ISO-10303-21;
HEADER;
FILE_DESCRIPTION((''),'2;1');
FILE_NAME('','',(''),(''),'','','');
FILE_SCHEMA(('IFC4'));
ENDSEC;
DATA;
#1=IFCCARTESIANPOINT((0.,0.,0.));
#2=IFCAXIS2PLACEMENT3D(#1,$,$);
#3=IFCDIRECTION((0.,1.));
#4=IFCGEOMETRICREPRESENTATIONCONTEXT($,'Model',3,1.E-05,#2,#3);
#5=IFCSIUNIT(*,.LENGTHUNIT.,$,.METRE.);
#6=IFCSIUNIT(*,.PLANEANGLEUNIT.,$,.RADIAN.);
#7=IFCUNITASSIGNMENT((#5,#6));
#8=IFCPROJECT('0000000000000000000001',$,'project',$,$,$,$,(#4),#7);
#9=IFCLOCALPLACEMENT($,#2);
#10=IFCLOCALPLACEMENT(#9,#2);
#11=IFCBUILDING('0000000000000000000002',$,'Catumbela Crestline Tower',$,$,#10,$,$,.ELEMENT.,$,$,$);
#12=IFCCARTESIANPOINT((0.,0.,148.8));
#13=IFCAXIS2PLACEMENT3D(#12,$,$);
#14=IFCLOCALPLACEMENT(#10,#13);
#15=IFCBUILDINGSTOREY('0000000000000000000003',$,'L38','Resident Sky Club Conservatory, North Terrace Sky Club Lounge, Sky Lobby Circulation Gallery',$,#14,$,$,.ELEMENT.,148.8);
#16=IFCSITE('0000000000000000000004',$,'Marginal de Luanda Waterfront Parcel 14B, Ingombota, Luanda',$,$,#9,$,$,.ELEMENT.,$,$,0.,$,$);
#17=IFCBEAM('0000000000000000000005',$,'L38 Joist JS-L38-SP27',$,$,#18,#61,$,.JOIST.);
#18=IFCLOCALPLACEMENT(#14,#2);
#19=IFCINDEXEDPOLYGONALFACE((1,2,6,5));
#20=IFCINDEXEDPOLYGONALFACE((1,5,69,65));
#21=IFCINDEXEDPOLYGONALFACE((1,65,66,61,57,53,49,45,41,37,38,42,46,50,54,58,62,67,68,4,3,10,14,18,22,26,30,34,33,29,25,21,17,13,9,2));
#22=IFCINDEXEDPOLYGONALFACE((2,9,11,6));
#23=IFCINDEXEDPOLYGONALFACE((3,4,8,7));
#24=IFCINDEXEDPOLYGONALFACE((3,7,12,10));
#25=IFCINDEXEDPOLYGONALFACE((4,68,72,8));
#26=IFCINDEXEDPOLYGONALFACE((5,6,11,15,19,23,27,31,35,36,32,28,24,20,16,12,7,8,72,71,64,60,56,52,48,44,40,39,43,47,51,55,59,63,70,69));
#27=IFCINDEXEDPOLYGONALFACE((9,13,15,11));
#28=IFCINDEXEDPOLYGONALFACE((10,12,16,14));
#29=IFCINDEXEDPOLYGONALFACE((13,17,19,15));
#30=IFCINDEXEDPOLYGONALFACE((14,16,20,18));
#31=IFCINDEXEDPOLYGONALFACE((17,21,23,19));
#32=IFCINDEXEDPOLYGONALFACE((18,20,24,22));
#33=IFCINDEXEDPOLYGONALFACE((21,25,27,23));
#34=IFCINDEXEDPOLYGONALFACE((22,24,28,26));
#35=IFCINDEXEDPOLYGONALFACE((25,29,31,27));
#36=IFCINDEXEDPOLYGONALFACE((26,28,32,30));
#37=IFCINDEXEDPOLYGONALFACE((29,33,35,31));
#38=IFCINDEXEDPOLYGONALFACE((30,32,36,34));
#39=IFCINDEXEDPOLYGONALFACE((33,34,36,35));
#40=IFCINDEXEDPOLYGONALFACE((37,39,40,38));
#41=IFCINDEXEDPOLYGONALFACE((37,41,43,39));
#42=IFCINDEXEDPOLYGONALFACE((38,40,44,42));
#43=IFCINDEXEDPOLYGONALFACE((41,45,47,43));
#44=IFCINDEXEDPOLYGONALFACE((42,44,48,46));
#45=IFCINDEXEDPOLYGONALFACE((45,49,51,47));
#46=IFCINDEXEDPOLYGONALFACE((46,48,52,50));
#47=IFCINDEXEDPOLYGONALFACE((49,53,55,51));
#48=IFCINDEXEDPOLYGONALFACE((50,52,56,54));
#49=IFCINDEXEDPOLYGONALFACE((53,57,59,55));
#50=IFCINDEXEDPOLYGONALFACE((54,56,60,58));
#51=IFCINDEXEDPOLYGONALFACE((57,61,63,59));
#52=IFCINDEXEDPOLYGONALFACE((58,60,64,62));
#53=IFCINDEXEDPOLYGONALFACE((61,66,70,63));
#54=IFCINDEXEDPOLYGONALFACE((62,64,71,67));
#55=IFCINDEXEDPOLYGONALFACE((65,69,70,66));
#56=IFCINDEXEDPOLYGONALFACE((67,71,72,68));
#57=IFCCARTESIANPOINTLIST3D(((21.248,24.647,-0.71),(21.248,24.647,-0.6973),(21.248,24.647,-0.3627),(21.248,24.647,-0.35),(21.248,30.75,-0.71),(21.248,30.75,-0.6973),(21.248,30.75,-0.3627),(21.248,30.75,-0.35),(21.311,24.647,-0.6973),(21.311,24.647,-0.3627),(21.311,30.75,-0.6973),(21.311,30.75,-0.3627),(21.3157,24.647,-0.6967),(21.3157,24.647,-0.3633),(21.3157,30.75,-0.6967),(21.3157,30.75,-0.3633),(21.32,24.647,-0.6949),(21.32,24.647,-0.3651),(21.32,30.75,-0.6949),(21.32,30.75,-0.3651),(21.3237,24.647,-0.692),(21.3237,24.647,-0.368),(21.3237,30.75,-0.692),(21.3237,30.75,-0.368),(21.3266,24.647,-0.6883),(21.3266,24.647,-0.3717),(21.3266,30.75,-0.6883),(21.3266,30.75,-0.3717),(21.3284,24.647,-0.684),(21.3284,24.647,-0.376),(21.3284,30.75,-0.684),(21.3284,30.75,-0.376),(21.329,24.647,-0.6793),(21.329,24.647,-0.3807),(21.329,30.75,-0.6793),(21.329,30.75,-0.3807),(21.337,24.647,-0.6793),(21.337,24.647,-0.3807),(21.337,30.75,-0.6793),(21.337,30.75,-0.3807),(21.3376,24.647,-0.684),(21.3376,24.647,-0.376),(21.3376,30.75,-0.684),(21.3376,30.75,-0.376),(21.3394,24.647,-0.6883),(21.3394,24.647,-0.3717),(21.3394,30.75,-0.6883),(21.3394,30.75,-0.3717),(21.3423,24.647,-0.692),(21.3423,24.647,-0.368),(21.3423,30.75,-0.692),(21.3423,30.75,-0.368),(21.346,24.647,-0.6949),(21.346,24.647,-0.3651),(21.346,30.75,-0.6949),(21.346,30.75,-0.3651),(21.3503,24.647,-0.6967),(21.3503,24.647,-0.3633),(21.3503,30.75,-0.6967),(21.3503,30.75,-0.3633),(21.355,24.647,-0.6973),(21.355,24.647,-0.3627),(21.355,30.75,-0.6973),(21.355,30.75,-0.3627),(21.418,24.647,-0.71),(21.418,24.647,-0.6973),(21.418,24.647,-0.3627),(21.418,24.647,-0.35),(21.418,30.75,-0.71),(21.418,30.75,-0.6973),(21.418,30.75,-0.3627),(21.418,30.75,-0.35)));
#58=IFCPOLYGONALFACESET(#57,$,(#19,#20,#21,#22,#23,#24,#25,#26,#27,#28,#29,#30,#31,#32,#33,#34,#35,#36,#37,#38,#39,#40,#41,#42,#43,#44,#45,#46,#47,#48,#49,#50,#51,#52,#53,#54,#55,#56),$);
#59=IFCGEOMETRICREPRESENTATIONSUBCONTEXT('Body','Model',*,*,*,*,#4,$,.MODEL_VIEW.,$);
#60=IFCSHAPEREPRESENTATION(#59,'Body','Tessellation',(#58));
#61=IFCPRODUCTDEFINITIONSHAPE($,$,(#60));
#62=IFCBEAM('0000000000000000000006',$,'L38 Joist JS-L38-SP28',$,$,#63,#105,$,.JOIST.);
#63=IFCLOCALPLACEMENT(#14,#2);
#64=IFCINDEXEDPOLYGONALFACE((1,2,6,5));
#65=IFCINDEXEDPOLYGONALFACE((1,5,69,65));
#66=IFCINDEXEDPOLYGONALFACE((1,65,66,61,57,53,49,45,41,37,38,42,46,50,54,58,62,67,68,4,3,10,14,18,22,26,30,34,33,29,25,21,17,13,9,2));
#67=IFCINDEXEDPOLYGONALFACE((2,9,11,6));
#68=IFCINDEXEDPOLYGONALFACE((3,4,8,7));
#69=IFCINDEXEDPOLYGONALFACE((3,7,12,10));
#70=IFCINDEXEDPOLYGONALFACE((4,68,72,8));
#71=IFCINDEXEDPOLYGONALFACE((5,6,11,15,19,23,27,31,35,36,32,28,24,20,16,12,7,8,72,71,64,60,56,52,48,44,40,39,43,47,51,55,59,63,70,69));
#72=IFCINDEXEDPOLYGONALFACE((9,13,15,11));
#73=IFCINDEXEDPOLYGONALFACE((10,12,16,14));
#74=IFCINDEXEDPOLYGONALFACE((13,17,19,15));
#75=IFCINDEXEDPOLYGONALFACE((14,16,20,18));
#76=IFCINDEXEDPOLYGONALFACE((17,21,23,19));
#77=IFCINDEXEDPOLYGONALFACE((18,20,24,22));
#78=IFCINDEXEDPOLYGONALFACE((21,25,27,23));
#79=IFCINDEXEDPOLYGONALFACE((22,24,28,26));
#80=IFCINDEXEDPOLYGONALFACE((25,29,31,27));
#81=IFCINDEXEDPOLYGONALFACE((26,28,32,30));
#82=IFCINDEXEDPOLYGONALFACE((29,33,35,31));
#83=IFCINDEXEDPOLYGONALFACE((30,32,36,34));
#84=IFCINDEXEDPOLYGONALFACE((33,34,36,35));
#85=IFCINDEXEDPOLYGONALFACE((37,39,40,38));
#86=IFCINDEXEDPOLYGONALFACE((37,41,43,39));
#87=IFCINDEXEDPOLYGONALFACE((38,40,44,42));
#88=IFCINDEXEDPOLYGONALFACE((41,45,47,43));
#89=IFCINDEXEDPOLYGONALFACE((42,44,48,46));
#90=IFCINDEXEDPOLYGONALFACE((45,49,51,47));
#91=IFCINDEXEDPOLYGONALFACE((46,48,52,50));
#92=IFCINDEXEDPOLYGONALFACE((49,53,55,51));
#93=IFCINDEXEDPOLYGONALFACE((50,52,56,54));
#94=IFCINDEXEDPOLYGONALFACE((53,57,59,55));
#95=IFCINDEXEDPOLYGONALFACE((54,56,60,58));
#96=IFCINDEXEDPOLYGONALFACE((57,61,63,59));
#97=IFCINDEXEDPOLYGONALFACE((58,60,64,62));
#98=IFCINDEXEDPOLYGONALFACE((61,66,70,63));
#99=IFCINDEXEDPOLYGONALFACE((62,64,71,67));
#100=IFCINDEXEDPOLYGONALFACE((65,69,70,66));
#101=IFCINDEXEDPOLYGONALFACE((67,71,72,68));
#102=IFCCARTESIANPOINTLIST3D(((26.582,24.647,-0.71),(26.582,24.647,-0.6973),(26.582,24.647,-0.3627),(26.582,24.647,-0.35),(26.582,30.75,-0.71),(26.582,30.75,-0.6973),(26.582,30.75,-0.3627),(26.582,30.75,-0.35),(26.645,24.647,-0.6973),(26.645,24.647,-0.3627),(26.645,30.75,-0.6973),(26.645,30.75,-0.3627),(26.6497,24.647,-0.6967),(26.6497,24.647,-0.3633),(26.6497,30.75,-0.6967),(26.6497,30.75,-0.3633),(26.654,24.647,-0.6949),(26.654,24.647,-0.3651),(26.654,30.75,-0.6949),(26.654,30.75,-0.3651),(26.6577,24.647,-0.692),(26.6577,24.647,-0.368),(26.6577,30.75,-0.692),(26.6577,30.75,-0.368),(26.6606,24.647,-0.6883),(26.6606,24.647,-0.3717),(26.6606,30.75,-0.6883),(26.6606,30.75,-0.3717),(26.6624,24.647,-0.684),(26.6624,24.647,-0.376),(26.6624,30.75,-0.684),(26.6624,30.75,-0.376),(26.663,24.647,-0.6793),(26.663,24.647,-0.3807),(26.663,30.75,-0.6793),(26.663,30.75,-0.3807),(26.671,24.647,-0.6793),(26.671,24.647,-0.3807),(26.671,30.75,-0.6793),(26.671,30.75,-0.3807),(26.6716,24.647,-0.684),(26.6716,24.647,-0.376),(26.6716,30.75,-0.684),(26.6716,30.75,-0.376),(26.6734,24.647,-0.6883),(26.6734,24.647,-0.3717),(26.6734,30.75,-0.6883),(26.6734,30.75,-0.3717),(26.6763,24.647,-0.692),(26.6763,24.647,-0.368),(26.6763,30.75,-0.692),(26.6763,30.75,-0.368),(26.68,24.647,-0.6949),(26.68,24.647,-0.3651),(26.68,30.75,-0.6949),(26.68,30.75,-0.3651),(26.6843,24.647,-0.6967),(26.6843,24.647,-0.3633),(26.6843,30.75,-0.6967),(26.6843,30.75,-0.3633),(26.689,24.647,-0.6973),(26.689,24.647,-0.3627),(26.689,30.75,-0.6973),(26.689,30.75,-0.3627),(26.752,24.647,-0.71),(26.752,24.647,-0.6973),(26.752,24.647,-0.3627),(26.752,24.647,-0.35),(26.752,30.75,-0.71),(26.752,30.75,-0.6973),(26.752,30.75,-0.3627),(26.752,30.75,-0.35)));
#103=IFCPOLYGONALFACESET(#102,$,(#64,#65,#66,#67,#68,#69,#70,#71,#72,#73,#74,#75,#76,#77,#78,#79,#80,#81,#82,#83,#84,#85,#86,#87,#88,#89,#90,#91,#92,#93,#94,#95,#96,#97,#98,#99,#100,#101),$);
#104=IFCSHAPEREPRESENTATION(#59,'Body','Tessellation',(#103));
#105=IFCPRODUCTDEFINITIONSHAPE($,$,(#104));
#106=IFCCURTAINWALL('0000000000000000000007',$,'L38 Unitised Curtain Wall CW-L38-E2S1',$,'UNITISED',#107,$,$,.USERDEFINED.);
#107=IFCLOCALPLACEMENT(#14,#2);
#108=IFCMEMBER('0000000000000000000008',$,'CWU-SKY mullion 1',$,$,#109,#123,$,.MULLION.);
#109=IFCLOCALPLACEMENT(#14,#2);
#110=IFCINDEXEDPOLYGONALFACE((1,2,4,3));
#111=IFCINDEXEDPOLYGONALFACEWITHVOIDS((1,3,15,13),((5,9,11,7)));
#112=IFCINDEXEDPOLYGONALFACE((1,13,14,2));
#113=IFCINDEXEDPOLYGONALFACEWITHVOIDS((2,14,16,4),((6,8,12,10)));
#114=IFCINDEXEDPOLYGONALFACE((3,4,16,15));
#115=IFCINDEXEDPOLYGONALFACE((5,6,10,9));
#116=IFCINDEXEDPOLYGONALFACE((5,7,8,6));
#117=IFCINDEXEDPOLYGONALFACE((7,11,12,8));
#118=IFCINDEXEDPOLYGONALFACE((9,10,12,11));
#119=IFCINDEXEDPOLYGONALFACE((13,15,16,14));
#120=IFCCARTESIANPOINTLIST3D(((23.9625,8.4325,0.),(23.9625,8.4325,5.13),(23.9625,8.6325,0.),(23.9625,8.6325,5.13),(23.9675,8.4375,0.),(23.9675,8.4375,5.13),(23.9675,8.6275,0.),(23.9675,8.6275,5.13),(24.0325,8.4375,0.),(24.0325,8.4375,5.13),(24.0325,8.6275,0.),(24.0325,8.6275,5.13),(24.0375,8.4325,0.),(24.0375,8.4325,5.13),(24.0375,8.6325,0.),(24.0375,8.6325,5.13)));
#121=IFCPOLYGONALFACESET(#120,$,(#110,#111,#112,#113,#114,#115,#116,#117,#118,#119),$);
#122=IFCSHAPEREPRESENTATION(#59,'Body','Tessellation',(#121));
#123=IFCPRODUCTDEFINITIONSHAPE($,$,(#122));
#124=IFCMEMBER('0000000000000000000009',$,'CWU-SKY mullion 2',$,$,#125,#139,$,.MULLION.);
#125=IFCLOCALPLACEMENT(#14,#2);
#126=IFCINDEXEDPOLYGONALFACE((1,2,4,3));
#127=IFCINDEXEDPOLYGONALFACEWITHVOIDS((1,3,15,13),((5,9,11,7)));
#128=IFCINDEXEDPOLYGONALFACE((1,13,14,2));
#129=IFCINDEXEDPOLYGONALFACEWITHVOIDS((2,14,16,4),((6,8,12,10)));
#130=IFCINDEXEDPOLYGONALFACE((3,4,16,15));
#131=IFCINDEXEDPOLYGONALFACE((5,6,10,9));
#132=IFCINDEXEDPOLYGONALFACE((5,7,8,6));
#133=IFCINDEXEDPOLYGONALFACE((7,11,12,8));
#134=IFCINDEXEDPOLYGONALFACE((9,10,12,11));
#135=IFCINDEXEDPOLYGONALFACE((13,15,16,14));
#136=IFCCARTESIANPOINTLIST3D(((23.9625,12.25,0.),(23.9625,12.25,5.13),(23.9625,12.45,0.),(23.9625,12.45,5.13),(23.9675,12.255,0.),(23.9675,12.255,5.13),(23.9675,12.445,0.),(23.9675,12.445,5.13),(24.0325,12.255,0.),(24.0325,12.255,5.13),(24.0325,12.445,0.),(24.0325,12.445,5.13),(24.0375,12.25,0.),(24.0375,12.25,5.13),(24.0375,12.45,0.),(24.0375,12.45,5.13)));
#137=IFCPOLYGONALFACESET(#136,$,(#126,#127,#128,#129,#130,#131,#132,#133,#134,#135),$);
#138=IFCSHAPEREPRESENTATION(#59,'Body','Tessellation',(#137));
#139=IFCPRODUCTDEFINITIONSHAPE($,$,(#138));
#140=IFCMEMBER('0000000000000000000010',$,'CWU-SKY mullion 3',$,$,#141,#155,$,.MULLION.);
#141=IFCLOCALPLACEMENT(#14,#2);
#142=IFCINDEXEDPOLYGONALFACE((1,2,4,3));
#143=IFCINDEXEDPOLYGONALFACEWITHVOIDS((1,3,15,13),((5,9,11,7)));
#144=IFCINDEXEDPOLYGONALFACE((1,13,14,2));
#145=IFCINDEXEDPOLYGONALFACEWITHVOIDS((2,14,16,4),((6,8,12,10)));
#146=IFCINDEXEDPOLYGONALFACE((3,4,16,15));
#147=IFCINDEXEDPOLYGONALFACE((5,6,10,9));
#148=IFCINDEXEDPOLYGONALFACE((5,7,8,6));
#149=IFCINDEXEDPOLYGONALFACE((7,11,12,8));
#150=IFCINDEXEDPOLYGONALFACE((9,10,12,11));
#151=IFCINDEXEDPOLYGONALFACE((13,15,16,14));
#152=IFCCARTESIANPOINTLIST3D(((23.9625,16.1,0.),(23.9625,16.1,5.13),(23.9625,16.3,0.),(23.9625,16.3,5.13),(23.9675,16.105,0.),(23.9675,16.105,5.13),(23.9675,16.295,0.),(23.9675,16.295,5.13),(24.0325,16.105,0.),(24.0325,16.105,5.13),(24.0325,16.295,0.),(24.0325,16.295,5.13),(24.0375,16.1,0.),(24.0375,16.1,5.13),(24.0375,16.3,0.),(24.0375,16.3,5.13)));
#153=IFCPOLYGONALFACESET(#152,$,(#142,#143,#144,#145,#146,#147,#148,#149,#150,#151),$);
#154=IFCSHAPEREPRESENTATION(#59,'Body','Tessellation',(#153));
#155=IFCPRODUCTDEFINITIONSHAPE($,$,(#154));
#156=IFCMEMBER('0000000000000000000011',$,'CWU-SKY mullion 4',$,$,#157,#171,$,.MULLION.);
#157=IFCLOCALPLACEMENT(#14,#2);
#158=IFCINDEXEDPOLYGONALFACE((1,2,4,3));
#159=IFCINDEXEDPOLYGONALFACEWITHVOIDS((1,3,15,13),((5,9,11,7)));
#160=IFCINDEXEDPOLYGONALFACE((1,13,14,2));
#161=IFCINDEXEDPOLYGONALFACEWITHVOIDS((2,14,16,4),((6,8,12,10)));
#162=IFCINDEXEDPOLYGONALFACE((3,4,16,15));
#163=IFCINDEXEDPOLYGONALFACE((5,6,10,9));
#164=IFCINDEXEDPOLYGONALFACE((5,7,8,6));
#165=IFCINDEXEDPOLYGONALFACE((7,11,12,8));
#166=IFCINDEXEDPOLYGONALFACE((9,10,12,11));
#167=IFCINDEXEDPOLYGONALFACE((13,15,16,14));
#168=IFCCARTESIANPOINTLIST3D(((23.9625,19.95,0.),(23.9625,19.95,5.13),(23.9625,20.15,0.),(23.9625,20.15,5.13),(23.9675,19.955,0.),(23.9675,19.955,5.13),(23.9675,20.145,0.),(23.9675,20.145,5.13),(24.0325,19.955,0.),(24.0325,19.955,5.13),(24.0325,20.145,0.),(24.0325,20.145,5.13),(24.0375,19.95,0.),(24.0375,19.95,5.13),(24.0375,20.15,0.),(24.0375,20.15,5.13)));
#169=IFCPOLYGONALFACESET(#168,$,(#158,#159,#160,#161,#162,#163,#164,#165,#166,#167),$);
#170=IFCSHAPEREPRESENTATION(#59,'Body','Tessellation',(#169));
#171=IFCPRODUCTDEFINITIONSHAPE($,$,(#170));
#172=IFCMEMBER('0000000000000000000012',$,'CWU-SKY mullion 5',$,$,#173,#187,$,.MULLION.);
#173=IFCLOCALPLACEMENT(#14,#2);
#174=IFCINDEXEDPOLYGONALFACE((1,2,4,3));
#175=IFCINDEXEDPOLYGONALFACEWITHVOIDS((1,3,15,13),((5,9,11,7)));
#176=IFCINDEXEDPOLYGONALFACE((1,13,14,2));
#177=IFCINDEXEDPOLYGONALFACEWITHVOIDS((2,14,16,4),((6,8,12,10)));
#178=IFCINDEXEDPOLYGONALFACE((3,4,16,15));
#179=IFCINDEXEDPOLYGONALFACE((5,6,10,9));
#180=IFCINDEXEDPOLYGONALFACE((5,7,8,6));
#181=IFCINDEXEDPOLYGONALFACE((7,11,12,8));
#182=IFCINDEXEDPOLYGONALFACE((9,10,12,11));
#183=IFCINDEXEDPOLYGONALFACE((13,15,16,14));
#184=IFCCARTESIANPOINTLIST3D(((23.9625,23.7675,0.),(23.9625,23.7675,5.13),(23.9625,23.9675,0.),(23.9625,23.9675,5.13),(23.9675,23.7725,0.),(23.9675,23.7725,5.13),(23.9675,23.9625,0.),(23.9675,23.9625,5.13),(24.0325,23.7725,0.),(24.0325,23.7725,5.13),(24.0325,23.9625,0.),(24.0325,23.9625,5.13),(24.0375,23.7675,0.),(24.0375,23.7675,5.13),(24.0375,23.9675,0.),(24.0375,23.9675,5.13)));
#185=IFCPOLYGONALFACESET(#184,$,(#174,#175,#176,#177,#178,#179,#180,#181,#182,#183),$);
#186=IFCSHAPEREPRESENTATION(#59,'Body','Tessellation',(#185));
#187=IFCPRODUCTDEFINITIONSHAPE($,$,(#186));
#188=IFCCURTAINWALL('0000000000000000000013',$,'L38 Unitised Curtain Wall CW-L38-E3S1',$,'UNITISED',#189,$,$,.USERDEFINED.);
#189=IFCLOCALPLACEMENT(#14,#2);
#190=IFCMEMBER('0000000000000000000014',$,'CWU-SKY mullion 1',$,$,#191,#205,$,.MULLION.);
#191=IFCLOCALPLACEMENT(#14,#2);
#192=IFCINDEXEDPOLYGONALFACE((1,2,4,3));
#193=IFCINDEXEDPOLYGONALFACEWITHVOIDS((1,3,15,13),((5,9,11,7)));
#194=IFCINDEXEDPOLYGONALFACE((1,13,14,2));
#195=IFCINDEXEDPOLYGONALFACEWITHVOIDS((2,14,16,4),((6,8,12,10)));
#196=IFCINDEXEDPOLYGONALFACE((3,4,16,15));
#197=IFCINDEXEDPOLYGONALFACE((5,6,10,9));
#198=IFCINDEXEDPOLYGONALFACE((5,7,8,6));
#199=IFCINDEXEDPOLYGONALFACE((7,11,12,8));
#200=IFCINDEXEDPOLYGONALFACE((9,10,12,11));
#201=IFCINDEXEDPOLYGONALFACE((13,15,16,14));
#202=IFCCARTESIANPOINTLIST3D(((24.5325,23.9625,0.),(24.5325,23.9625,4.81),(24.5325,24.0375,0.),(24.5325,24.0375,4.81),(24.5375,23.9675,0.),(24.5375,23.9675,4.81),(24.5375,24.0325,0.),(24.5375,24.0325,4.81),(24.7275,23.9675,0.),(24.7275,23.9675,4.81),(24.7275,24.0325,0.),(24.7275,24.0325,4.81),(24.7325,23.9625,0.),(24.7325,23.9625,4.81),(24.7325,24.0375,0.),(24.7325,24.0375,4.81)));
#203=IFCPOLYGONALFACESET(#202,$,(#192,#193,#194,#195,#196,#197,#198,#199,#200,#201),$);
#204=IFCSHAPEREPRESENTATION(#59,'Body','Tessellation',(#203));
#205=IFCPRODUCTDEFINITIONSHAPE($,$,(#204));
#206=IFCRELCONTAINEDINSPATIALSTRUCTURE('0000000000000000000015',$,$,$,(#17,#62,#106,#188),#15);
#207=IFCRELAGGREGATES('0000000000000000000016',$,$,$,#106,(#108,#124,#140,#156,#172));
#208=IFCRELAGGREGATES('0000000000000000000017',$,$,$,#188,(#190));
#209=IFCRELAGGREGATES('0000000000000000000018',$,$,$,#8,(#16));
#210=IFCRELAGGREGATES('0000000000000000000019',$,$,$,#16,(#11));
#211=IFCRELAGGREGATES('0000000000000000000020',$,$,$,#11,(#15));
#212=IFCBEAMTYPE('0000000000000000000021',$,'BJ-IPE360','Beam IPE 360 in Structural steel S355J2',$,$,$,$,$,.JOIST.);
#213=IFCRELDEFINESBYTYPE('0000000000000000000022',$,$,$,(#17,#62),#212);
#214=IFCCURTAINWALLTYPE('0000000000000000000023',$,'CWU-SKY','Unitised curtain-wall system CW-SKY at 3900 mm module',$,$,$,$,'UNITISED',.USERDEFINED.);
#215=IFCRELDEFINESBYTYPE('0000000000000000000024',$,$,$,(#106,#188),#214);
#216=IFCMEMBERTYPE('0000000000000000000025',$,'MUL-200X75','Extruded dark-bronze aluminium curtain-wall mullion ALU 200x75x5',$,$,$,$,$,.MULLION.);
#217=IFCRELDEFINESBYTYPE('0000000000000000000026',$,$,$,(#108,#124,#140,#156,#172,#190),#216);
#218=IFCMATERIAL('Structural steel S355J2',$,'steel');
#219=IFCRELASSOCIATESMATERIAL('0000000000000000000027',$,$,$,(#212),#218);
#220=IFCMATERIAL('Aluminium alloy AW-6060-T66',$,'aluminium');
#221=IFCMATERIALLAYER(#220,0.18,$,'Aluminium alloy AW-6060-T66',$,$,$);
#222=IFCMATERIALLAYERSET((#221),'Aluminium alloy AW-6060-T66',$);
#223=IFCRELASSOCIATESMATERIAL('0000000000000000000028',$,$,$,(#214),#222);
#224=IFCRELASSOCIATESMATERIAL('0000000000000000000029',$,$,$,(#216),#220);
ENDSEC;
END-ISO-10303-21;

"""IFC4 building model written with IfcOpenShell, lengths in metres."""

from ifc_helpers import new_model, si_unit, direction, frame, origin, origin_2d, place, context, subcontext, project, spatial, hollow_rectangle, i_section, extrude, material, layer, layer_set, material_profile, profile_set, type_object, element, aggregate, save


model = new_model("IFC4")

# Units and contexts
model_context = context("Model", 3, precision=1e-05, world=origin(), true_north=direction((0.0, 1.0)))
body_context = subcontext(model_context, "Body", "Model", "MODEL_VIEW")
ifc_project = project(units=[si_unit("LENGTHUNIT", "METRE"), si_unit("PLANEANGLEUNIT", "RADIAN")], contexts=[model_context])

# Site, building, storey
site_placement = place(None, origin())
site = spatial("IfcSite", under=ifc_project, at=site_placement, Name="Marginal de Luanda Waterfront Parcel 14B, Ingombota, Luanda", CompositionType="ELEMENT", RefElevation=0.0)
building_placement = place(site_placement, origin())
building = spatial("IfcBuilding", under=site, at=building_placement, Name="Catumbela Crestline Tower", CompositionType="ELEMENT")
storey_placement = place(building_placement, frame((0.0, 0.0, 148.8)))
storey = spatial("IfcBuildingStorey", under=building, at=storey_placement, Name="L38", Description="Resident Sky Club Conservatory, North Terrace Sky Club Lounge, Sky Lobby Circulation Gallery", CompositionType="ELEMENT", Elevation=148.8)

# Beams
ifc_material_1 = material(Name="Structural steel S355J2", Category="steel")
ifc_material_profile_1 = material_profile(ifc_material_1, i_section(OverallWidth=0.17, OverallDepth=0.36, WebThickness=0.008, FlangeThickness=0.0127, FilletRadius=0.018, at=origin_2d()), Name="IPE 360")
ifc_profile_set_1 = profile_set([ifc_material_profile_1], Name="Structural steel S355J2")
beam_type_1 = type_object("IfcBeamType", Name="BJ-IPE360", Description="Beam IPE 360 in Structural steel S355J2", PredefinedType="JOIST", material=ifc_profile_set_1)
for number, where, z_axis, x_axis, name in (
    (1, (21.333, 24.647, -0.53), (0.0, 1.0, 0.0), (-1.0, 0.0, 0.0), "L38 Joist JS-L38-SP27"),
    (2, (26.667, 24.647, -0.53), (0.0, 1.0, 0.0), (-1.0, 0.0, 0.0), "L38 Joist JS-L38-SP28"),
):
    element("IfcBeam", number, at=place(storey_placement, frame(where, z_axis=z_axis, x_axis=x_axis)), inside=storey, type_object=beam_type_1, Name=name, PredefinedType="JOIST", context=body_context, shape_type="SweptSolid", body=[
        extrude(i_section(OverallWidth=0.17, OverallDepth=0.36, WebThickness=0.008, FlangeThickness=0.0127, FilletRadius=0.018, at=origin_2d()), origin(), (0.0, 0.0, 1.0), 6.103),
    ])

# Curtain walls, members
ifc_material_2 = material(Name="Aluminium alloy AW-6060-T66", Category="aluminium")
ifc_layer_1 = layer(ifc_material_2, 0.18, Name="Aluminium alloy AW-6060-T66")
ifc_layer_set_1 = layer_set([ifc_layer_1], Name="Aluminium alloy AW-6060-T66")
curtain_wall_type = type_object("IfcCurtainWallType", Name="CWU-SKY", Description="Unitised curtain-wall system CW-SKY at 3900 mm module", ElementType="UNITISED", PredefinedType="USERDEFINED", material=ifc_layer_set_1)
curtain_wall_1_placement = place(storey_placement, origin())
curtain_wall_1 = element("IfcCurtainWall", 3, at=curtain_wall_1_placement, inside=storey, type_object=curtain_wall_type, Name="L38 Unitised Curtain Wall CW-L38-E2S1", ObjectType="UNITISED", PredefinedType="USERDEFINED")
ifc_material_profile_2 = material_profile(ifc_material_2, hollow_rectangle(XDim=0.075, YDim=0.2, WallThickness=0.005, at=origin_2d()), Name="ALU 200x75x5")
ifc_profile_set_2 = profile_set([ifc_material_profile_2], Name="Aluminium alloy AW-6060-T66")
member_type_1 = type_object("IfcMemberType", Name="MUL-200X75", Description="Extruded dark-bronze aluminium curtain-wall mullion ALU 200x75x5", PredefinedType="MULLION", material=ifc_profile_set_2)
member_1_placement = place(storey_placement, frame((24.0, 8.5325, 0.0), z_axis=(0.0, 0.0, 1.0), x_axis=(-1.0, 0.0, 0.0)))
member_1 = element("IfcMember", 4, at=member_1_placement, type_object=member_type_1, Name="CWU-SKY mullion 1", PredefinedType="MULLION", context=body_context, shape_type="SweptSolid", body=[
    extrude(hollow_rectangle(XDim=0.075, YDim=0.2, WallThickness=0.005, at=origin_2d()), origin(), (0.0, 0.0, 1.0), 5.13),
])
member_2_placement = place(storey_placement, frame((24.0, 12.35, 0.0), z_axis=(0.0, 0.0, 1.0), x_axis=(-1.0, 0.0, 0.0)))
member_2 = element("IfcMember", 5, at=member_2_placement, type_object=member_type_1, Name="CWU-SKY mullion 2", PredefinedType="MULLION", context=body_context, shape_type="SweptSolid", body=[
    extrude(hollow_rectangle(XDim=0.075, YDim=0.2, WallThickness=0.005, at=origin_2d()), origin(), (0.0, 0.0, 1.0), 5.13),
])
member_3_placement = place(storey_placement, frame((24.0, 16.2, 0.0), z_axis=(0.0, 0.0, 1.0), x_axis=(-1.0, 0.0, 0.0)))
member_3 = element("IfcMember", 6, at=member_3_placement, type_object=member_type_1, Name="CWU-SKY mullion 3", PredefinedType="MULLION", context=body_context, shape_type="SweptSolid", body=[
    extrude(hollow_rectangle(XDim=0.075, YDim=0.2, WallThickness=0.005, at=origin_2d()), origin(), (0.0, 0.0, 1.0), 5.13),
])
member_4_placement = place(storey_placement, frame((24.0, 20.05, 0.0), z_axis=(0.0, 0.0, 1.0), x_axis=(-1.0, 0.0, 0.0)))
member_4 = element("IfcMember", 7, at=member_4_placement, type_object=member_type_1, Name="CWU-SKY mullion 4", PredefinedType="MULLION", context=body_context, shape_type="SweptSolid", body=[
    extrude(hollow_rectangle(XDim=0.075, YDim=0.2, WallThickness=0.005, at=origin_2d()), origin(), (0.0, 0.0, 1.0), 5.13),
])
member_5_placement = place(storey_placement, frame((24.0, 23.8675, 0.0), z_axis=(0.0, 0.0, 1.0), x_axis=(-1.0, 0.0, 0.0)))
member_5 = element("IfcMember", 8, at=member_5_placement, type_object=member_type_1, Name="CWU-SKY mullion 5", PredefinedType="MULLION", context=body_context, shape_type="SweptSolid", body=[
    extrude(hollow_rectangle(XDim=0.075, YDim=0.2, WallThickness=0.005, at=origin_2d()), origin(), (0.0, 0.0, 1.0), 5.13),
])
curtain_wall_2_placement = place(storey_placement, origin())
curtain_wall_2 = element("IfcCurtainWall", 9, at=curtain_wall_2_placement, inside=storey, type_object=curtain_wall_type, Name="L38 Unitised Curtain Wall CW-L38-E3S1", ObjectType="UNITISED", PredefinedType="USERDEFINED")
member_6_placement = place(storey_placement, frame((24.6325, 24.0, 0.0), z_axis=(0.0, 0.0, 1.0), x_axis=(0.0, 1.0, 0.0)))
member_6 = element("IfcMember", 10, at=member_6_placement, type_object=member_type_1, Name="CWU-SKY mullion 1", PredefinedType="MULLION", context=body_context, shape_type="SweptSolid", body=[
    extrude(hollow_rectangle(XDim=0.075, YDim=0.2, WallThickness=0.005, at=origin_2d()), origin(), (0.0, 0.0, 1.0), 4.81),
])

aggregate(curtain_wall_1, [member_1, member_2, member_3, member_4, member_5])
aggregate(curtain_wall_2, [member_6])

save(model, "model.ifc")
